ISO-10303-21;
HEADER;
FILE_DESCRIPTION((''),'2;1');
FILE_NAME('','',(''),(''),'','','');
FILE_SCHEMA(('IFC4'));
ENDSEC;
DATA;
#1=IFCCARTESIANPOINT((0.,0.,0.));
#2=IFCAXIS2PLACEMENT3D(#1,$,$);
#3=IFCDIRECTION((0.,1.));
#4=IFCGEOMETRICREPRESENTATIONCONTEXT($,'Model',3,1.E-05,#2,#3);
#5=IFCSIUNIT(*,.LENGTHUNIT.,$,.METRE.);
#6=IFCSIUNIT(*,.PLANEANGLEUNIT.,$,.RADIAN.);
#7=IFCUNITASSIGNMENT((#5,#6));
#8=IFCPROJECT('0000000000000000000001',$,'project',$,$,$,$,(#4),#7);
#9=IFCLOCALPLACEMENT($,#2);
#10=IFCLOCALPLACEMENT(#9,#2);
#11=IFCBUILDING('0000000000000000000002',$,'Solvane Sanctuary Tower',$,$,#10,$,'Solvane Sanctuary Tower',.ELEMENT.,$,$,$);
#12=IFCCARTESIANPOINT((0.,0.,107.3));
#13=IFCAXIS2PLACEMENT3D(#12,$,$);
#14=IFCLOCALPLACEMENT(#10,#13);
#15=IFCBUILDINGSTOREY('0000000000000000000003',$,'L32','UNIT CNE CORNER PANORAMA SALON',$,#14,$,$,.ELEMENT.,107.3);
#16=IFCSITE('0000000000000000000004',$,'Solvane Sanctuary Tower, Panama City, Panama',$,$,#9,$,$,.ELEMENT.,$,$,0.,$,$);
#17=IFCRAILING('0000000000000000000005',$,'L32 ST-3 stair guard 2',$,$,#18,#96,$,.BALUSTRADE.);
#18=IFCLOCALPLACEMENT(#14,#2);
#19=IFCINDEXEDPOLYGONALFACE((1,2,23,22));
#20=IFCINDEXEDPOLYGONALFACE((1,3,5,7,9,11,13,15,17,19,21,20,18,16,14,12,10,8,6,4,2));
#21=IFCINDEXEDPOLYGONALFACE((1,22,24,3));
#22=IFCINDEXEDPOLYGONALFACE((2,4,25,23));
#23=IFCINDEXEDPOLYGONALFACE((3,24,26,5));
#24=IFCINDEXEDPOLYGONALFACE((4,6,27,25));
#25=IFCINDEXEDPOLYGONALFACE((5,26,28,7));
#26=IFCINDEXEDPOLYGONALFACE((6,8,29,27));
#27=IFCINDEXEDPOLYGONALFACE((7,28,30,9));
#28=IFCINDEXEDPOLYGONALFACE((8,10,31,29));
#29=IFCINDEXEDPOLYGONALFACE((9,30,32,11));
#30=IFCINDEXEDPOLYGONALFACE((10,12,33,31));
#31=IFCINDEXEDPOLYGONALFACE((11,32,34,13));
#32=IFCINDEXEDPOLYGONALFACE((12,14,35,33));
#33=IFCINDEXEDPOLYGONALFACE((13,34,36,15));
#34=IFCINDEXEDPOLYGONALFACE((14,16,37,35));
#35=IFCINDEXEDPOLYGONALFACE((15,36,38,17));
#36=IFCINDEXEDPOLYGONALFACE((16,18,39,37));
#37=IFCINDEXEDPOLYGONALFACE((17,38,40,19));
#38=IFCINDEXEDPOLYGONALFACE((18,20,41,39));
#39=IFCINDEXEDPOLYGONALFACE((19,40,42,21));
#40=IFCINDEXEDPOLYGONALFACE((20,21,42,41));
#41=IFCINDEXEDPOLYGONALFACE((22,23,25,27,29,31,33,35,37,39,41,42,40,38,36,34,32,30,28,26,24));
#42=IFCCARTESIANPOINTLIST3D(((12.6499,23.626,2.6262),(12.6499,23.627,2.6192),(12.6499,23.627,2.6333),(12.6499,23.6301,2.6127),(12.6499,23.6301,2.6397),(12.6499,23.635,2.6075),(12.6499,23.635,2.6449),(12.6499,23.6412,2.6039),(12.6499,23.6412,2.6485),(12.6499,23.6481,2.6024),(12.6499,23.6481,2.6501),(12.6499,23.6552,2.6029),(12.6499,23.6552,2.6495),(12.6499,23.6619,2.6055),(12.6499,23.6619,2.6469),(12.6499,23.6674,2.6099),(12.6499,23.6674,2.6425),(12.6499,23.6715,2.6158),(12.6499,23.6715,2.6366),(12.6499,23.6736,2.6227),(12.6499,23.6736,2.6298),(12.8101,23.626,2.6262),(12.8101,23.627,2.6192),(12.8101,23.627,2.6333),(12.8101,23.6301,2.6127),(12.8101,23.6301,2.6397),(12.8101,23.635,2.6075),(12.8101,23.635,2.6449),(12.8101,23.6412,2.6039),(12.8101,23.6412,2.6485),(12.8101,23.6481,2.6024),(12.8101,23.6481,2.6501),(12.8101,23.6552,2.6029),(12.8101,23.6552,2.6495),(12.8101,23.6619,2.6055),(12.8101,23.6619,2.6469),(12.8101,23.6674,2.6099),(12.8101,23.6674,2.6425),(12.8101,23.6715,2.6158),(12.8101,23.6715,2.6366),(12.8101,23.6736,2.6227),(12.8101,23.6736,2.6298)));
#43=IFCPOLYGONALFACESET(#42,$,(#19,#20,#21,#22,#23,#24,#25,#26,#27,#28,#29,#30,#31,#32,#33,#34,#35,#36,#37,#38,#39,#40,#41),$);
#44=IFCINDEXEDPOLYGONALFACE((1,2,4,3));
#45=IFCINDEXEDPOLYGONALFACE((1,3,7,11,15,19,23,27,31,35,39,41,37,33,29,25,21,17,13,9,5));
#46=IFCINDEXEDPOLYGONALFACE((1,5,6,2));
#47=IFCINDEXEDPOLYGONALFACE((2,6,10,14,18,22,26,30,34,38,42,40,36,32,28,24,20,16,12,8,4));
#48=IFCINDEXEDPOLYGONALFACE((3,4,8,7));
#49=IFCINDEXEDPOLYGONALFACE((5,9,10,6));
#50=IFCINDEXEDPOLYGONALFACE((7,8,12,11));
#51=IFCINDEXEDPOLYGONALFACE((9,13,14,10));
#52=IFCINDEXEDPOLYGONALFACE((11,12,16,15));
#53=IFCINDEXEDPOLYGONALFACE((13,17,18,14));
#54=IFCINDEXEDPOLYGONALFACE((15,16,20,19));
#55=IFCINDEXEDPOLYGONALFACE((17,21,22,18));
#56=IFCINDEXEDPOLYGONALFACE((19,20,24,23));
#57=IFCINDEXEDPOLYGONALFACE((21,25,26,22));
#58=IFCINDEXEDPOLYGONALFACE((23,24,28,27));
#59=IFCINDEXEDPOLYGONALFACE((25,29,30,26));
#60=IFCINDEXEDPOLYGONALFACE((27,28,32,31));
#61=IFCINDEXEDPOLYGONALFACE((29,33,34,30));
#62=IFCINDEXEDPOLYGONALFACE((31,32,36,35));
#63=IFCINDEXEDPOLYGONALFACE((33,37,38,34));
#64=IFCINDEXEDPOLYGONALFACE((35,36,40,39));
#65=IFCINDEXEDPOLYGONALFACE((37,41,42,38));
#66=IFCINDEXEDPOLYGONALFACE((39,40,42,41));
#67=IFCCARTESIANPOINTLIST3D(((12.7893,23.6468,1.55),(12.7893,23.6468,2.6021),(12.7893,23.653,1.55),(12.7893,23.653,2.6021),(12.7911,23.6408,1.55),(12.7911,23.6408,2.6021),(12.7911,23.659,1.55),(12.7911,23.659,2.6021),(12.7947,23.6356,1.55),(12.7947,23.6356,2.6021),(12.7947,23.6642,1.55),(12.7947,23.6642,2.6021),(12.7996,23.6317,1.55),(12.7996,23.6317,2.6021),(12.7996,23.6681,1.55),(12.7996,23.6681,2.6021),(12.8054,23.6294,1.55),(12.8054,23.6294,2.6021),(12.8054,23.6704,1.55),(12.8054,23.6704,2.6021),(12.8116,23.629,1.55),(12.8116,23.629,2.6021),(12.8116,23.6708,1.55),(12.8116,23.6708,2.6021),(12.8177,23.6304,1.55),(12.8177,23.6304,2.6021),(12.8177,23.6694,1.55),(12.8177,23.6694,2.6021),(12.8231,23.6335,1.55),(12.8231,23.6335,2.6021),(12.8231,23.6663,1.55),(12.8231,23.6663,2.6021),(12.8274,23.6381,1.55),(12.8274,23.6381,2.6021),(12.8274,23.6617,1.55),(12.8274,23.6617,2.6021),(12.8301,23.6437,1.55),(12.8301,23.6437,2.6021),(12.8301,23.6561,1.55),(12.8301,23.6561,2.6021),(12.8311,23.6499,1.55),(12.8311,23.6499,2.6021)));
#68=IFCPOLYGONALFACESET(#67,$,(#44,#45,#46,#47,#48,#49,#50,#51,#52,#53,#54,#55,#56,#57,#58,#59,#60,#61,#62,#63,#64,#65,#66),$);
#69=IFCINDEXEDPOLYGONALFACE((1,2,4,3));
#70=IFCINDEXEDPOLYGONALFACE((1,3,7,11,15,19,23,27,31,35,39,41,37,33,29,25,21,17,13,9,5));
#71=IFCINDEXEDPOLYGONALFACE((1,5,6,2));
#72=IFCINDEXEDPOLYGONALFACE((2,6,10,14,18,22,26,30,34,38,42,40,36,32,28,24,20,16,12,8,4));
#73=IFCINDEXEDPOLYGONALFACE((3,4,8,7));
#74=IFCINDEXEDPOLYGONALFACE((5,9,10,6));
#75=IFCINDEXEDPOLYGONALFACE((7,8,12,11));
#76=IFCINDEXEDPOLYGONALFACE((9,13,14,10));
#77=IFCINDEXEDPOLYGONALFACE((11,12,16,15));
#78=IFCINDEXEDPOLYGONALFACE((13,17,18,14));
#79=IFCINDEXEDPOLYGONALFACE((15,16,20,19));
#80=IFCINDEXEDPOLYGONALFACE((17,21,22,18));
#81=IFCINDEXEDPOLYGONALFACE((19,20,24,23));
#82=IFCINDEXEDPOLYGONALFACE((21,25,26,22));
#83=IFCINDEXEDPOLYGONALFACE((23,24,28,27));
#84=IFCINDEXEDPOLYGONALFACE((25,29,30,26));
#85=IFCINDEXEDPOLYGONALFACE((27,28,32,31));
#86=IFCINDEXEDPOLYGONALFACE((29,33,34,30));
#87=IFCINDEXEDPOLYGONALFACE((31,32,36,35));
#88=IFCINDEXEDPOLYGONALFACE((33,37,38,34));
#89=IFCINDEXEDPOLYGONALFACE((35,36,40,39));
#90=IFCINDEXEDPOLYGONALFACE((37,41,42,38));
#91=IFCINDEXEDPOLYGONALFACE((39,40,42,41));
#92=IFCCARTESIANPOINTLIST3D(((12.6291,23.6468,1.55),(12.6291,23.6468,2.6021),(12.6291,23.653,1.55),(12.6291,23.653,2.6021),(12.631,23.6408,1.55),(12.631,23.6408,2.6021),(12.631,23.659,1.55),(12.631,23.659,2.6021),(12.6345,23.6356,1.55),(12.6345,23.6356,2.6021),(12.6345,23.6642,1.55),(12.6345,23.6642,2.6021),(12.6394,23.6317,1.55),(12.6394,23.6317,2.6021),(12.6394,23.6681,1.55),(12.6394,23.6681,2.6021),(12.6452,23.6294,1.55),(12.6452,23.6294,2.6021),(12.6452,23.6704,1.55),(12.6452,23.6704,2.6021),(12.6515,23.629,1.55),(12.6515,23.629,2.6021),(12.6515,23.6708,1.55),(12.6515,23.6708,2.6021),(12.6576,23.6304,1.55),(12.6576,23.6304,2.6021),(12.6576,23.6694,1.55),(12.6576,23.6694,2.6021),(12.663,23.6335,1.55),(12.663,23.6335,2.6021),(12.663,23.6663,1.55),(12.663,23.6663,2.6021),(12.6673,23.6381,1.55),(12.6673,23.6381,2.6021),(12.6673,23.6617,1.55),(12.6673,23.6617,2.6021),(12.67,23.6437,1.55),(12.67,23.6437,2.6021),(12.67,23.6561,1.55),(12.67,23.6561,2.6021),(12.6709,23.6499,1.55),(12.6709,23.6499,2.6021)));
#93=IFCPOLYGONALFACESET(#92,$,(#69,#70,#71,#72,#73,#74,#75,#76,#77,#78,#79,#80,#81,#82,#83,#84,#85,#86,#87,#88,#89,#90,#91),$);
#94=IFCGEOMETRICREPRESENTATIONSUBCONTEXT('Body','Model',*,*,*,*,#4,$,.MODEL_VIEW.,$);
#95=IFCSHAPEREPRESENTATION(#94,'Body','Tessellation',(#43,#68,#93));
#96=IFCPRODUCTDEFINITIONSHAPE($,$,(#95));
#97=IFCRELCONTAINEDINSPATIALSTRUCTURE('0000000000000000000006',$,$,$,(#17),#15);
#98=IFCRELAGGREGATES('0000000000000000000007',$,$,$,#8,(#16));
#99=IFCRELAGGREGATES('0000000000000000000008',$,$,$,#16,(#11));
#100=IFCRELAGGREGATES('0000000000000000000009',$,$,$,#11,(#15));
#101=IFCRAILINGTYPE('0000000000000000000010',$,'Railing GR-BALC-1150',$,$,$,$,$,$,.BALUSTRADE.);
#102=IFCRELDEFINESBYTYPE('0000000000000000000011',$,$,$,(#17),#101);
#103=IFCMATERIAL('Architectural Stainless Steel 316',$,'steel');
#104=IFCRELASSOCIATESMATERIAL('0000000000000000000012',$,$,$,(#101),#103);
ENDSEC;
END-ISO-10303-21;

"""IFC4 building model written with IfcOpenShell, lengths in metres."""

from ifc_helpers import new_model, si_unit, direction, frame, origin, origin_2d, place, context, subcontext, project, spatial, circle, extrude, material, type_object, element, save


model = new_model("IFC4")

# Units and contexts
model_context = context("Model", 3, precision=1e-05, world=origin(), true_north=direction((0.0, 1.0)))
body_context = subcontext(model_context, "Body", "Model", "MODEL_VIEW")
ifc_project = project(units=[si_unit("LENGTHUNIT", "METRE"), si_unit("PLANEANGLEUNIT", "RADIAN")], contexts=[model_context])

# Site, building, storey
site_placement = place(None, origin())
site = spatial("IfcSite", under=ifc_project, at=site_placement, Name="Solvane Sanctuary Tower, Panama City, Panama", CompositionType="ELEMENT", RefElevation=0.0)
building_placement = place(site_placement, origin())
building = spatial("IfcBuilding", under=site, at=building_placement, Name="Solvane Sanctuary Tower", LongName="Solvane Sanctuary Tower", CompositionType="ELEMENT")
storey_placement = place(building_placement, frame((0.0, 0.0, 107.3)))
storey = spatial("IfcBuildingStorey", under=building, at=storey_placement, Name="L32", Description="UNIT CNE CORNER PANORAMA SALON", CompositionType="ELEMENT", Elevation=107.3)

# Railing
ifc_material_1 = material(Name="Architectural Stainless Steel 316", Category="steel")
railing_type_1 = type_object("IfcRailingType", Name="Railing GR-BALC-1150", PredefinedType="BALUSTRADE", material=ifc_material_1)
railing_1_placement = place(storey_placement, frame((12.8101, 23.6499, 1.55)))
element("IfcRailing", 1, at=railing_1_placement, inside=storey, type_object=railing_type_1, Name="L32 ST-3 stair guard 2", PredefinedType="BALUSTRADE", context=body_context, shape_type="SweptSolid", body=[
    extrude(circle(Radius=0.0239, at=origin_2d()), frame((0.0, 0.0, 1.0762), z_axis=(-1.0, 0.0, 0.0), x_axis=(0.0, -1.0, 0.0)), (0.0, 0.0, 1.0), 0.1602),
    extrude(circle(Radius=0.021, at=origin_2d()), origin(), (0.0, 0.0, 1.0), 1.052),
    extrude(circle(Radius=0.021, at=origin_2d()), frame((-0.1602, 0.0, 0.0)), (0.0, 0.0, 1.0), 1.052),
])

save(model, "model.ifc")
